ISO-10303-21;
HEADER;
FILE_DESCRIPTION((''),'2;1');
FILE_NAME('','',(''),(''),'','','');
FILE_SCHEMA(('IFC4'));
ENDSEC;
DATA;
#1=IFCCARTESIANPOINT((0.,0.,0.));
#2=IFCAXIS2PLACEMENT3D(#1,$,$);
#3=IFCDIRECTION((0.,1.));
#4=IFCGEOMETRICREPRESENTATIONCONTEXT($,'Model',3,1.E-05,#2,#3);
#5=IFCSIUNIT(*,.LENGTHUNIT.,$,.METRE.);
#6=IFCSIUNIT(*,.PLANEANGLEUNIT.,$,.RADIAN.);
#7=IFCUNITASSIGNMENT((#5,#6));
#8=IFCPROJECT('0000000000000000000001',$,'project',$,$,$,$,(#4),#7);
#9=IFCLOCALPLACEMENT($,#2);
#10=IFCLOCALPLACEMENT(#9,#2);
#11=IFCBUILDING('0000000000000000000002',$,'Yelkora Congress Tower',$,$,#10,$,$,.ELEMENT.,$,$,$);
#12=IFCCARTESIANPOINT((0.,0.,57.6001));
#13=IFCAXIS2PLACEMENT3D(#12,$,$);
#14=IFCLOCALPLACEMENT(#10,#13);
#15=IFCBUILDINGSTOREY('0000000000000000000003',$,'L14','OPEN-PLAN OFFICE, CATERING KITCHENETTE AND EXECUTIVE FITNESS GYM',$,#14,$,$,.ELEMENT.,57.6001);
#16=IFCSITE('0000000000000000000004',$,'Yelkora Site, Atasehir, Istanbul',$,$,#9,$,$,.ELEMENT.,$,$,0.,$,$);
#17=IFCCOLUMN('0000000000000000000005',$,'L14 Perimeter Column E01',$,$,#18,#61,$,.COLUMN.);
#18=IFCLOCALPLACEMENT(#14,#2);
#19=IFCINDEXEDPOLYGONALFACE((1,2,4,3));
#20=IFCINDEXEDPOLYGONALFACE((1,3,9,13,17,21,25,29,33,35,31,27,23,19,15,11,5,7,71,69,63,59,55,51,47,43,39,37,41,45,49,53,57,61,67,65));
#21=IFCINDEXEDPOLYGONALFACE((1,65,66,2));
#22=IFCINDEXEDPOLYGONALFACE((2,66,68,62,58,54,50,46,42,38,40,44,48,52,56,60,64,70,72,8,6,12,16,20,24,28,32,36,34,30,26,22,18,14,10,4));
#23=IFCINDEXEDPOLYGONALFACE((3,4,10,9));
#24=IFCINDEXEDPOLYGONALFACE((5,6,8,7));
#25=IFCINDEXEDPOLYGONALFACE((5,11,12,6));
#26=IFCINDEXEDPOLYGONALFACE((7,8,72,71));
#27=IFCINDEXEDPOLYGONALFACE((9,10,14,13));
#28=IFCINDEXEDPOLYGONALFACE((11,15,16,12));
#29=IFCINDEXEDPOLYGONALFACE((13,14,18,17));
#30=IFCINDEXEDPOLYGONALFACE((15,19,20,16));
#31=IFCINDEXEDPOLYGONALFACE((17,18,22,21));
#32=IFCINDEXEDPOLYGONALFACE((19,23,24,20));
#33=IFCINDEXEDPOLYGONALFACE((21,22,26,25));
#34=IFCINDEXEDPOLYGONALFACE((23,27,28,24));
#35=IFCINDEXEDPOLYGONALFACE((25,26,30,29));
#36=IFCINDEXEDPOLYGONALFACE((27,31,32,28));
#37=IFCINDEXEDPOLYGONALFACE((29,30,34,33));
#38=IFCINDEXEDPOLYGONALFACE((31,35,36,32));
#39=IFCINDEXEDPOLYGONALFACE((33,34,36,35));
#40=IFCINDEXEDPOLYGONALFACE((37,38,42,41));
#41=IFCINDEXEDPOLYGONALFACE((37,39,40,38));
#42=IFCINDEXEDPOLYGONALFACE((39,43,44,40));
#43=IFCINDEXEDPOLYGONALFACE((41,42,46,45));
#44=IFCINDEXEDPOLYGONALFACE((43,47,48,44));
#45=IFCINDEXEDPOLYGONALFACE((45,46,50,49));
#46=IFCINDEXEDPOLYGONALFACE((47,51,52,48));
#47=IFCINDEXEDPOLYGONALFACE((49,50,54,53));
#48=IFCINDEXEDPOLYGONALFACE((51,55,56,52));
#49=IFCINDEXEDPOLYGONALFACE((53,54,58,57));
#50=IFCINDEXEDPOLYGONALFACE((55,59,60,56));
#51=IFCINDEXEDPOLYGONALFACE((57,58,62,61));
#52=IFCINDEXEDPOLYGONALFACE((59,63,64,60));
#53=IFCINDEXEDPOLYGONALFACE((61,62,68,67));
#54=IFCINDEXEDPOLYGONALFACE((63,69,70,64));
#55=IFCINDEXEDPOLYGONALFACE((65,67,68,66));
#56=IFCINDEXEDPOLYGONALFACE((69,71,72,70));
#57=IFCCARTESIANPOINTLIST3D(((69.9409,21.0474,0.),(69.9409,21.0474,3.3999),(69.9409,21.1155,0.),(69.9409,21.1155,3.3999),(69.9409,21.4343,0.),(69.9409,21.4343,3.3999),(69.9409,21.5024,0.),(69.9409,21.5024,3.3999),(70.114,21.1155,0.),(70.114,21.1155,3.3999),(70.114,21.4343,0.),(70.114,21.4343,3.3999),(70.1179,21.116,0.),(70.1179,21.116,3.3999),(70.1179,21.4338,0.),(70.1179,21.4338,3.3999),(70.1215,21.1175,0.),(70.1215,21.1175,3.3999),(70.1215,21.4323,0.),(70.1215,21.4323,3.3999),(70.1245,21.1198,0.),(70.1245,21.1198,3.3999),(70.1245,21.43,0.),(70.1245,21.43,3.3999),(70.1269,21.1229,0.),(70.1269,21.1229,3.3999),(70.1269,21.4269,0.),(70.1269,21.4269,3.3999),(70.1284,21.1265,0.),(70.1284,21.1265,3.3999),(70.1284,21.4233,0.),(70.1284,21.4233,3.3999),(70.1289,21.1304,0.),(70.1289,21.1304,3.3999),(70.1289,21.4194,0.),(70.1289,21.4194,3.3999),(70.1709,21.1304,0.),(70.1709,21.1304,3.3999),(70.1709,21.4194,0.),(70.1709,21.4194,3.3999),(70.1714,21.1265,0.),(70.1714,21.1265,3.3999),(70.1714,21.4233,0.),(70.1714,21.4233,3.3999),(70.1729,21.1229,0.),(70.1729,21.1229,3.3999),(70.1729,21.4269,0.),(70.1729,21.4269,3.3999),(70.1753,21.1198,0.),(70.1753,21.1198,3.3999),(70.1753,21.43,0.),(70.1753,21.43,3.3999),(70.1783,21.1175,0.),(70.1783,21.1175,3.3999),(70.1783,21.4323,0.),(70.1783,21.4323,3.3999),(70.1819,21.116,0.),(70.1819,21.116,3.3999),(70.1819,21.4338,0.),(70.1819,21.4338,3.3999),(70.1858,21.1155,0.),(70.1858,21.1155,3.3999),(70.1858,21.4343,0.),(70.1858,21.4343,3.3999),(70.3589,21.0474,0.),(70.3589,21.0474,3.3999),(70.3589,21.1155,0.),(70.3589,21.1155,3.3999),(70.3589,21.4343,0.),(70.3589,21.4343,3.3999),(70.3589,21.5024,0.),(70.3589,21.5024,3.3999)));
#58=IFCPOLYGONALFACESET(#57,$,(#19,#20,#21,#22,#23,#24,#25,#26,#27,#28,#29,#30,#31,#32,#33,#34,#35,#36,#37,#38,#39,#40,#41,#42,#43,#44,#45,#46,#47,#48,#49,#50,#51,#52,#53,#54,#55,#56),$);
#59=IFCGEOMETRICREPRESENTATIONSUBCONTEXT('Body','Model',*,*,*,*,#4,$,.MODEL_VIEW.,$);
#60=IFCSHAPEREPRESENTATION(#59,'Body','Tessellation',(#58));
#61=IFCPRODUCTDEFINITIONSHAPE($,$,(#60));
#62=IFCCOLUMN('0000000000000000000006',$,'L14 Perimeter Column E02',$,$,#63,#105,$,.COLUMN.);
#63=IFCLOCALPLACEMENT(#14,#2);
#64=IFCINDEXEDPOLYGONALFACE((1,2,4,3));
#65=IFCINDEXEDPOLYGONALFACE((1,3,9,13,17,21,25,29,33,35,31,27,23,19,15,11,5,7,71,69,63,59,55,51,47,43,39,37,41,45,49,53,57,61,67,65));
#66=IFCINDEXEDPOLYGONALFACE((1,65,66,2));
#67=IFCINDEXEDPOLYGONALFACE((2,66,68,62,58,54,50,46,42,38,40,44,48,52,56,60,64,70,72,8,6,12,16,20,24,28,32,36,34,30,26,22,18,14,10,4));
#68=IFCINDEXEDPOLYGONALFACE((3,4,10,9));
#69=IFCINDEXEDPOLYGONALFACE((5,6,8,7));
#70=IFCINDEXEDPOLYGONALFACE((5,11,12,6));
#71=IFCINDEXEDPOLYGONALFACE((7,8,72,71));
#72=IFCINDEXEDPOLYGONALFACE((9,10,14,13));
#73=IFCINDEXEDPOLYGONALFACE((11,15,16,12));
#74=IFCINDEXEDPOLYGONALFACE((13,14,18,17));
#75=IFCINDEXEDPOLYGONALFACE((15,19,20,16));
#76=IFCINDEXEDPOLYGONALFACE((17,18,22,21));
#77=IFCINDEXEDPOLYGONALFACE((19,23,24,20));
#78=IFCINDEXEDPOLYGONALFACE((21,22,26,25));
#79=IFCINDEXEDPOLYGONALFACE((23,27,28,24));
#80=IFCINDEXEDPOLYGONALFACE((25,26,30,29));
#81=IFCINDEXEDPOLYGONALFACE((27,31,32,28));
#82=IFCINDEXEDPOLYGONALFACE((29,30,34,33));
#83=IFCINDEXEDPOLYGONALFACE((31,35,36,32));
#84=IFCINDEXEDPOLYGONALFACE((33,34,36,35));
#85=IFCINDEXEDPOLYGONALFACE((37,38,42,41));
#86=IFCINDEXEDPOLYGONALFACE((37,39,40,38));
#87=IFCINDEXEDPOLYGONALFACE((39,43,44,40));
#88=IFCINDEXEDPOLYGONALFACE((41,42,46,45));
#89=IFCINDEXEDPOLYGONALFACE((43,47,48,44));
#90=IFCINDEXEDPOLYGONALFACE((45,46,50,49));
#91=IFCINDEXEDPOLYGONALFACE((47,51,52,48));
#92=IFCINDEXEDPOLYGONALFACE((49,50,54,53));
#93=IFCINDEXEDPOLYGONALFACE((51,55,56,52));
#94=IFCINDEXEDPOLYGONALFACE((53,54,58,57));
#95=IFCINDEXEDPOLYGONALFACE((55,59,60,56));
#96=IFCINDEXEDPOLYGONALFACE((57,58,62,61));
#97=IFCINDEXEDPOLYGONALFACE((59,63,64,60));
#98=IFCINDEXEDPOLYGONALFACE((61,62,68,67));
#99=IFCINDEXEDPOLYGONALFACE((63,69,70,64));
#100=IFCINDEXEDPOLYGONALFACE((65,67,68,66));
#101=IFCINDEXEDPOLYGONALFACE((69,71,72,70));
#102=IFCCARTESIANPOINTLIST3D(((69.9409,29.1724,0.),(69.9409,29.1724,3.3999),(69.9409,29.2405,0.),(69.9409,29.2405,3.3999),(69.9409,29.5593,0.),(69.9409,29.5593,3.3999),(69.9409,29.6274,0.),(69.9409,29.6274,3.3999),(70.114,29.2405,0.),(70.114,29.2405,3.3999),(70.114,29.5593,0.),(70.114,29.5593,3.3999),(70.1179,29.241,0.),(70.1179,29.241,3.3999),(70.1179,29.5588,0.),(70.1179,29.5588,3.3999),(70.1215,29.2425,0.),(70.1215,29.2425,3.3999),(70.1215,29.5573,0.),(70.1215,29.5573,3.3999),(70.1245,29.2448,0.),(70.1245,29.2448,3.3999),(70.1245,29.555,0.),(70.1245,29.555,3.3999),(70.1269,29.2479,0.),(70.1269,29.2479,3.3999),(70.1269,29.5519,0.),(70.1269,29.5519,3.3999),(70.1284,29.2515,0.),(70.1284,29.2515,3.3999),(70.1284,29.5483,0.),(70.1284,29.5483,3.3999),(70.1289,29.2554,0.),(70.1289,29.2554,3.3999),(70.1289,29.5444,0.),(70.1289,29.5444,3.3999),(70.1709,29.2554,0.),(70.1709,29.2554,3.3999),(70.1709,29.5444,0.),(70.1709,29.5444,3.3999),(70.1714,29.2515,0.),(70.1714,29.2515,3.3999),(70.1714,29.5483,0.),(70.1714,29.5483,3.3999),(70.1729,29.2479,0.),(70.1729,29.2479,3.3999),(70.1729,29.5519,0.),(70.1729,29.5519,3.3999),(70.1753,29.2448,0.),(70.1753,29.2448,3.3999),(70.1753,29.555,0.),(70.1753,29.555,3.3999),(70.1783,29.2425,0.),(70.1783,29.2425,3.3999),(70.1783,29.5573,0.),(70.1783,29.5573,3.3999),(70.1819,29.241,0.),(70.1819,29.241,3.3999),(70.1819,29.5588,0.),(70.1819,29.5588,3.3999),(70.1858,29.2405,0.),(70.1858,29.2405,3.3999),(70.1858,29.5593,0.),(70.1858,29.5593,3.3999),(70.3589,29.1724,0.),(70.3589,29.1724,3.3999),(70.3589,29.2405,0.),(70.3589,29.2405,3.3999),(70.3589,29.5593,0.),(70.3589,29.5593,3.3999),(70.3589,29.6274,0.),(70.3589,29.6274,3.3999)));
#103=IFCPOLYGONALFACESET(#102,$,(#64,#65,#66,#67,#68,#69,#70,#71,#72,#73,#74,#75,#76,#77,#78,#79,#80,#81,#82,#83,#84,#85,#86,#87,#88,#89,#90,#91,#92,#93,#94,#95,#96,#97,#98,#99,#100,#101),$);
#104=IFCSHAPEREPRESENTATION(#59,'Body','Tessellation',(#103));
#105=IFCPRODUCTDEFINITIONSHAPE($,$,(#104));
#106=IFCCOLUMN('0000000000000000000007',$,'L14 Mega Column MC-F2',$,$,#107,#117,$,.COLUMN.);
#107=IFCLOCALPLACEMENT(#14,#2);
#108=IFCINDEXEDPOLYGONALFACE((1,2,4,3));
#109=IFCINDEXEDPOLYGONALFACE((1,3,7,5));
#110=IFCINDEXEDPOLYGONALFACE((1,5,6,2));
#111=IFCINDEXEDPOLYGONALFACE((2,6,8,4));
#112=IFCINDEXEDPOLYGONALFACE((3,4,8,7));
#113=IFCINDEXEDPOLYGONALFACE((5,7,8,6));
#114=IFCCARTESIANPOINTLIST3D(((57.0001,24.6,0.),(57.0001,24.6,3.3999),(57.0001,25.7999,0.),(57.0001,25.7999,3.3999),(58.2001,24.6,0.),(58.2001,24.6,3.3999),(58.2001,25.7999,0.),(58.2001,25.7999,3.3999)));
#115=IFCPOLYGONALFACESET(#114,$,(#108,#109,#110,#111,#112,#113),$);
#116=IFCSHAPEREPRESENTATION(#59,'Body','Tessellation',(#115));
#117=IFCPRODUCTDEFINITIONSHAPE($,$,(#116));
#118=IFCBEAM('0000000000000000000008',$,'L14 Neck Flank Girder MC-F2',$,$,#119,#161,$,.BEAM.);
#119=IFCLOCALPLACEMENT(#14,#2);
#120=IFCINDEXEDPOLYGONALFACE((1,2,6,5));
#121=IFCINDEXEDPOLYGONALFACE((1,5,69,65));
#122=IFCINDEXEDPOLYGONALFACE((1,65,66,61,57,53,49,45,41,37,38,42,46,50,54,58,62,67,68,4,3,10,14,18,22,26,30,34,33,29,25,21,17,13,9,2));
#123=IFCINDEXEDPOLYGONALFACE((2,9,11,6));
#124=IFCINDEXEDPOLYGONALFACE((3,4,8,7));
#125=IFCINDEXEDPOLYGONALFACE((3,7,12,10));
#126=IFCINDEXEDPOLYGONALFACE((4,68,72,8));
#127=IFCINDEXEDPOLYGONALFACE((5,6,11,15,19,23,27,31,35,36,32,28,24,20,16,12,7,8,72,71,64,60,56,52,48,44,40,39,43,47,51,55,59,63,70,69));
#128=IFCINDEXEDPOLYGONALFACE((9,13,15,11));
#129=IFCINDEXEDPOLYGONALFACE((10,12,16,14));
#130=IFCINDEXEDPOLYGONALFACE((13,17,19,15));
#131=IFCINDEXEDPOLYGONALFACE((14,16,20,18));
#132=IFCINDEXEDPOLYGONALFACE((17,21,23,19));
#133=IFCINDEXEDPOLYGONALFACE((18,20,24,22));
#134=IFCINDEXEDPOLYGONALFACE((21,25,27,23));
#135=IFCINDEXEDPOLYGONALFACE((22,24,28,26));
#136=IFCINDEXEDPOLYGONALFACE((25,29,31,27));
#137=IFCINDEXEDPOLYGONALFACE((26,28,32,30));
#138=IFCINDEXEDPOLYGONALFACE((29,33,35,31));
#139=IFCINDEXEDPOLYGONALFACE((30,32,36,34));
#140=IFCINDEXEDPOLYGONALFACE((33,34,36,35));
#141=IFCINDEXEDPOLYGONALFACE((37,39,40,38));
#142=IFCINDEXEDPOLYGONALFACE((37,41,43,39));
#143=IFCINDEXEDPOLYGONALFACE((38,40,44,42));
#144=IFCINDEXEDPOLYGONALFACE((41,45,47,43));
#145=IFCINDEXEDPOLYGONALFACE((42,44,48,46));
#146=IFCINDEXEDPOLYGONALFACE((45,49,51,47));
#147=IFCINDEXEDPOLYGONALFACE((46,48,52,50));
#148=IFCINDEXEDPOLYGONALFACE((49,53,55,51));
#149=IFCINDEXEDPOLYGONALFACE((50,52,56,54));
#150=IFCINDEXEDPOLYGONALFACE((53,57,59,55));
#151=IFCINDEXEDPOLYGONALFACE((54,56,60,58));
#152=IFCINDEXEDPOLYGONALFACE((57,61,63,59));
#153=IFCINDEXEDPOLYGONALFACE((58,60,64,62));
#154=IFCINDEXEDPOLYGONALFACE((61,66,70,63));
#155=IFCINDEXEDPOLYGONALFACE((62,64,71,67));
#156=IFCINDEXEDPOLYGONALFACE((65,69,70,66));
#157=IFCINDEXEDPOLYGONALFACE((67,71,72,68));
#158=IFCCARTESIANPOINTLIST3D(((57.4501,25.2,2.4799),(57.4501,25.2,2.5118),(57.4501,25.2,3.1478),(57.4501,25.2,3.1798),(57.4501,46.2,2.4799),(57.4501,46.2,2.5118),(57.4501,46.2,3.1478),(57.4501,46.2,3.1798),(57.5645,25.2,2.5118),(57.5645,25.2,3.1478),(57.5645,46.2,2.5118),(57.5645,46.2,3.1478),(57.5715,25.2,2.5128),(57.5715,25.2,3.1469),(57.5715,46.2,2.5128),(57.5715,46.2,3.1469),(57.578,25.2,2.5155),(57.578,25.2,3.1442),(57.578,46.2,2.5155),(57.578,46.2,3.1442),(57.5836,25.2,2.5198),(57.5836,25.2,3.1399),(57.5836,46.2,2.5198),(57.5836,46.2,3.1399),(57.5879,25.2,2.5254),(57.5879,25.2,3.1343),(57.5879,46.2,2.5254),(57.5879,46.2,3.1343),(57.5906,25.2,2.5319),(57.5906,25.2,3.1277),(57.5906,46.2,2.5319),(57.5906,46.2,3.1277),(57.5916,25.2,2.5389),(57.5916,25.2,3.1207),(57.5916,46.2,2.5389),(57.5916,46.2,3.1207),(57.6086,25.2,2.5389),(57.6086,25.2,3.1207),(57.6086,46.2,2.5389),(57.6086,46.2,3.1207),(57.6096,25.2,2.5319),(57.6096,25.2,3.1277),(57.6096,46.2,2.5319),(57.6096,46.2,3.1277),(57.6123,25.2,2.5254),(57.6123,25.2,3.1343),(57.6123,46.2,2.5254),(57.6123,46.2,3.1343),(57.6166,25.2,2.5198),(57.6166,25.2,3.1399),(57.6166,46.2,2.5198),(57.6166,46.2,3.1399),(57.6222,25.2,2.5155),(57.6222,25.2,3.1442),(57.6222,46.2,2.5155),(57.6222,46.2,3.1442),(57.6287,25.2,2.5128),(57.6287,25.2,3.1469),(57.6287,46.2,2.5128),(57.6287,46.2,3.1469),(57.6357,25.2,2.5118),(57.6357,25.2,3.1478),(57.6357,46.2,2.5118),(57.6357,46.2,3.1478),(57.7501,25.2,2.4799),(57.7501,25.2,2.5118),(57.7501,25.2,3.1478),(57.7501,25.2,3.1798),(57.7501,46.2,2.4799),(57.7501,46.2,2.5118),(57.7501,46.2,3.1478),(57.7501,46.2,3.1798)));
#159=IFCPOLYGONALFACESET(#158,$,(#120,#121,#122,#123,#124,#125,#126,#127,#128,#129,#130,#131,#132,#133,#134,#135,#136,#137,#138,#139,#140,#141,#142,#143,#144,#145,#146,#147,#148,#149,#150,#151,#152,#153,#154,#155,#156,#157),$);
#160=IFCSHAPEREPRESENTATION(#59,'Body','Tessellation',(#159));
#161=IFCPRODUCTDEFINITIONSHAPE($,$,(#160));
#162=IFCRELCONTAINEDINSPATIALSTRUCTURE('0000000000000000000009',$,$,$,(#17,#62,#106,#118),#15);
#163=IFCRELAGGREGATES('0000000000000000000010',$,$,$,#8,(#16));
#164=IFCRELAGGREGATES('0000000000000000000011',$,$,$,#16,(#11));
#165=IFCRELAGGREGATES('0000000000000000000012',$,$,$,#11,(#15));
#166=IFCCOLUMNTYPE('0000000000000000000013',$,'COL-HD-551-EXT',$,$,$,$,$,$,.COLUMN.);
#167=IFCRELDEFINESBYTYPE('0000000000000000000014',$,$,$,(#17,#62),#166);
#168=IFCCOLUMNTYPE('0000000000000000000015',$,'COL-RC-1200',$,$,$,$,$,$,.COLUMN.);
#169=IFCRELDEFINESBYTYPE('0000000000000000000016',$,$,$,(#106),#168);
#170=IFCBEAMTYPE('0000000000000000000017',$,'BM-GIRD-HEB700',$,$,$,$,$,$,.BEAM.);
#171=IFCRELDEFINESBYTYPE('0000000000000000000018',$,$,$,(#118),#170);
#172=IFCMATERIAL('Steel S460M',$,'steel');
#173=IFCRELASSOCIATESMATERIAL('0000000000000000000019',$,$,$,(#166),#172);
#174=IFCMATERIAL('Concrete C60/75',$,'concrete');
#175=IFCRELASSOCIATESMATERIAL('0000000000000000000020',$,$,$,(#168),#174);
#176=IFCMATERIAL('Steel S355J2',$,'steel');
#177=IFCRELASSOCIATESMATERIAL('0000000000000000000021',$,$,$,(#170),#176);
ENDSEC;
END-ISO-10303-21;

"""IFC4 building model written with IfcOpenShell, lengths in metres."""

from ifc_helpers import new_model, si_unit, direction, frame, origin, origin_2d, place, context, subcontext, project, spatial, rectangle, i_section, extrude, material, material_profile, profile_set, type_object, element, save


model = new_model("IFC4")

# Units and contexts
model_context = context("Model", 3, precision=1e-05, world=origin(), true_north=direction((0.0, 1.0)))
body_context = subcontext(model_context, "Body", "Model", "MODEL_VIEW")
ifc_project = project(units=[si_unit("LENGTHUNIT", "METRE"), si_unit("PLANEANGLEUNIT", "RADIAN")], contexts=[model_context])

# Site, building, storey
site_placement = place(None, origin())
site = spatial("IfcSite", under=ifc_project, at=site_placement, Name="Yelkora Site, Atasehir, Istanbul", CompositionType="ELEMENT", RefElevation=0.0)
building_placement = place(site_placement, origin())
building = spatial("IfcBuilding", under=site, at=building_placement, Name="Yelkora Congress Tower", CompositionType="ELEMENT")
storey_placement = place(building_placement, frame((0.0, 0.0, 57.6001)))
storey = spatial("IfcBuildingStorey", under=building, at=storey_placement, Name="L14", Description="OPEN-PLAN OFFICE, CATERING KITCHENETTE AND EXECUTIVE FITNESS GYM", CompositionType="ELEMENT", Elevation=57.6001)

# Columns
ifc_material_1 = material(Name="Steel S460M", Category="steel")
ifc_material_profile_1 = material_profile(ifc_material_1, i_section(OverallWidth=0.418, OverallDepth=0.4551, WebThickness=0.042, FlangeThickness=0.0681, FilletRadius=0.0149, at=origin_2d()), Name="HD 400x551")
ifc_profile_set_1 = profile_set([ifc_material_profile_1], Name="Steel S460M")
column_type_1 = type_object("IfcColumnType", Name="COL-HD-551-EXT", PredefinedType="COLUMN", material=ifc_profile_set_1)
for number, where, z_axis, x_axis, name in (
    (1, (70.1499, 21.2749, 0.0), (0.0, 0.0, 1.0), (1.0, 0.0, 0.0), "L14 Perimeter Column E01"),
    (2, (70.1499, 29.3999, 0.0), (0.0, 0.0, 1.0), (1.0, 0.0, 0.0), "L14 Perimeter Column E02"),
):
    element("IfcColumn", number, at=place(storey_placement, frame(where, z_axis=z_axis, x_axis=x_axis)), inside=storey, type_object=column_type_1, Name=name, PredefinedType="COLUMN", context=body_context, shape_type="SweptSolid", body=[
        extrude(i_section(OverallWidth=0.418, OverallDepth=0.4551, WebThickness=0.042, FlangeThickness=0.0681, FilletRadius=0.0149, at=origin_2d()), origin(), (0.0, 0.0, 1.0), 3.3999),
    ])
ifc_material_2 = material(Name="Concrete C60/75", Category="concrete")
ifc_material_profile_2 = material_profile(ifc_material_2, rectangle(XDim=1.2, YDim=1.2, at=origin_2d()), Name="RC 1200x1200")
ifc_profile_set_2 = profile_set([ifc_material_profile_2], Name="Concrete C60/75")
column_type_2 = type_object("IfcColumnType", Name="COL-RC-1200", PredefinedType="COLUMN", material=ifc_profile_set_2)
column_placement = place(storey_placement, frame((57.6001, 25.2, 0.0), z_axis=(0.0, 0.0, 1.0), x_axis=(1.0, 0.0, 0.0)))
element("IfcColumn", 3, at=column_placement, inside=storey, type_object=column_type_2, Name="L14 Mega Column MC-F2", PredefinedType="COLUMN", context=body_context, shape_type="SweptSolid", body=[
    extrude(rectangle(XDim=1.2, YDim=1.2, at=origin_2d()), origin(), (0.0, 0.0, 1.0), 3.3999),
])

# Beam
ifc_material_3 = material(Name="Steel S355J2", Category="steel")
ifc_material_profile_3 = material_profile(ifc_material_3, i_section(OverallWidth=0.3, OverallDepth=0.7, WebThickness=0.0171, FlangeThickness=0.032, FilletRadius=0.0271, at=origin_2d()), Name="HEB 700")
ifc_profile_set_3 = profile_set([ifc_material_profile_3], Name="Steel S355J2")
beam_type_1 = type_object("IfcBeamType", Name="BM-GIRD-HEB700", PredefinedType="BEAM", material=ifc_profile_set_3)
beam_1_placement = place(storey_placement, frame((57.6001, 25.2, 2.8298), z_axis=(0.0, 1.0, 0.0), x_axis=(-1.0, 0.0, 0.0)))
element("IfcBeam", 4, at=beam_1_placement, inside=storey, type_object=beam_type_1, Name="L14 Neck Flank Girder MC-F2", PredefinedType="BEAM", context=body_context, shape_type="SweptSolid", body=[
    extrude(i_section(OverallWidth=0.3, OverallDepth=0.7, WebThickness=0.0171, FlangeThickness=0.032, FilletRadius=0.0271, at=origin_2d()), origin(), (0.0, 0.0, 1.0), 21.0),
])

save(model, "model.ifc")
